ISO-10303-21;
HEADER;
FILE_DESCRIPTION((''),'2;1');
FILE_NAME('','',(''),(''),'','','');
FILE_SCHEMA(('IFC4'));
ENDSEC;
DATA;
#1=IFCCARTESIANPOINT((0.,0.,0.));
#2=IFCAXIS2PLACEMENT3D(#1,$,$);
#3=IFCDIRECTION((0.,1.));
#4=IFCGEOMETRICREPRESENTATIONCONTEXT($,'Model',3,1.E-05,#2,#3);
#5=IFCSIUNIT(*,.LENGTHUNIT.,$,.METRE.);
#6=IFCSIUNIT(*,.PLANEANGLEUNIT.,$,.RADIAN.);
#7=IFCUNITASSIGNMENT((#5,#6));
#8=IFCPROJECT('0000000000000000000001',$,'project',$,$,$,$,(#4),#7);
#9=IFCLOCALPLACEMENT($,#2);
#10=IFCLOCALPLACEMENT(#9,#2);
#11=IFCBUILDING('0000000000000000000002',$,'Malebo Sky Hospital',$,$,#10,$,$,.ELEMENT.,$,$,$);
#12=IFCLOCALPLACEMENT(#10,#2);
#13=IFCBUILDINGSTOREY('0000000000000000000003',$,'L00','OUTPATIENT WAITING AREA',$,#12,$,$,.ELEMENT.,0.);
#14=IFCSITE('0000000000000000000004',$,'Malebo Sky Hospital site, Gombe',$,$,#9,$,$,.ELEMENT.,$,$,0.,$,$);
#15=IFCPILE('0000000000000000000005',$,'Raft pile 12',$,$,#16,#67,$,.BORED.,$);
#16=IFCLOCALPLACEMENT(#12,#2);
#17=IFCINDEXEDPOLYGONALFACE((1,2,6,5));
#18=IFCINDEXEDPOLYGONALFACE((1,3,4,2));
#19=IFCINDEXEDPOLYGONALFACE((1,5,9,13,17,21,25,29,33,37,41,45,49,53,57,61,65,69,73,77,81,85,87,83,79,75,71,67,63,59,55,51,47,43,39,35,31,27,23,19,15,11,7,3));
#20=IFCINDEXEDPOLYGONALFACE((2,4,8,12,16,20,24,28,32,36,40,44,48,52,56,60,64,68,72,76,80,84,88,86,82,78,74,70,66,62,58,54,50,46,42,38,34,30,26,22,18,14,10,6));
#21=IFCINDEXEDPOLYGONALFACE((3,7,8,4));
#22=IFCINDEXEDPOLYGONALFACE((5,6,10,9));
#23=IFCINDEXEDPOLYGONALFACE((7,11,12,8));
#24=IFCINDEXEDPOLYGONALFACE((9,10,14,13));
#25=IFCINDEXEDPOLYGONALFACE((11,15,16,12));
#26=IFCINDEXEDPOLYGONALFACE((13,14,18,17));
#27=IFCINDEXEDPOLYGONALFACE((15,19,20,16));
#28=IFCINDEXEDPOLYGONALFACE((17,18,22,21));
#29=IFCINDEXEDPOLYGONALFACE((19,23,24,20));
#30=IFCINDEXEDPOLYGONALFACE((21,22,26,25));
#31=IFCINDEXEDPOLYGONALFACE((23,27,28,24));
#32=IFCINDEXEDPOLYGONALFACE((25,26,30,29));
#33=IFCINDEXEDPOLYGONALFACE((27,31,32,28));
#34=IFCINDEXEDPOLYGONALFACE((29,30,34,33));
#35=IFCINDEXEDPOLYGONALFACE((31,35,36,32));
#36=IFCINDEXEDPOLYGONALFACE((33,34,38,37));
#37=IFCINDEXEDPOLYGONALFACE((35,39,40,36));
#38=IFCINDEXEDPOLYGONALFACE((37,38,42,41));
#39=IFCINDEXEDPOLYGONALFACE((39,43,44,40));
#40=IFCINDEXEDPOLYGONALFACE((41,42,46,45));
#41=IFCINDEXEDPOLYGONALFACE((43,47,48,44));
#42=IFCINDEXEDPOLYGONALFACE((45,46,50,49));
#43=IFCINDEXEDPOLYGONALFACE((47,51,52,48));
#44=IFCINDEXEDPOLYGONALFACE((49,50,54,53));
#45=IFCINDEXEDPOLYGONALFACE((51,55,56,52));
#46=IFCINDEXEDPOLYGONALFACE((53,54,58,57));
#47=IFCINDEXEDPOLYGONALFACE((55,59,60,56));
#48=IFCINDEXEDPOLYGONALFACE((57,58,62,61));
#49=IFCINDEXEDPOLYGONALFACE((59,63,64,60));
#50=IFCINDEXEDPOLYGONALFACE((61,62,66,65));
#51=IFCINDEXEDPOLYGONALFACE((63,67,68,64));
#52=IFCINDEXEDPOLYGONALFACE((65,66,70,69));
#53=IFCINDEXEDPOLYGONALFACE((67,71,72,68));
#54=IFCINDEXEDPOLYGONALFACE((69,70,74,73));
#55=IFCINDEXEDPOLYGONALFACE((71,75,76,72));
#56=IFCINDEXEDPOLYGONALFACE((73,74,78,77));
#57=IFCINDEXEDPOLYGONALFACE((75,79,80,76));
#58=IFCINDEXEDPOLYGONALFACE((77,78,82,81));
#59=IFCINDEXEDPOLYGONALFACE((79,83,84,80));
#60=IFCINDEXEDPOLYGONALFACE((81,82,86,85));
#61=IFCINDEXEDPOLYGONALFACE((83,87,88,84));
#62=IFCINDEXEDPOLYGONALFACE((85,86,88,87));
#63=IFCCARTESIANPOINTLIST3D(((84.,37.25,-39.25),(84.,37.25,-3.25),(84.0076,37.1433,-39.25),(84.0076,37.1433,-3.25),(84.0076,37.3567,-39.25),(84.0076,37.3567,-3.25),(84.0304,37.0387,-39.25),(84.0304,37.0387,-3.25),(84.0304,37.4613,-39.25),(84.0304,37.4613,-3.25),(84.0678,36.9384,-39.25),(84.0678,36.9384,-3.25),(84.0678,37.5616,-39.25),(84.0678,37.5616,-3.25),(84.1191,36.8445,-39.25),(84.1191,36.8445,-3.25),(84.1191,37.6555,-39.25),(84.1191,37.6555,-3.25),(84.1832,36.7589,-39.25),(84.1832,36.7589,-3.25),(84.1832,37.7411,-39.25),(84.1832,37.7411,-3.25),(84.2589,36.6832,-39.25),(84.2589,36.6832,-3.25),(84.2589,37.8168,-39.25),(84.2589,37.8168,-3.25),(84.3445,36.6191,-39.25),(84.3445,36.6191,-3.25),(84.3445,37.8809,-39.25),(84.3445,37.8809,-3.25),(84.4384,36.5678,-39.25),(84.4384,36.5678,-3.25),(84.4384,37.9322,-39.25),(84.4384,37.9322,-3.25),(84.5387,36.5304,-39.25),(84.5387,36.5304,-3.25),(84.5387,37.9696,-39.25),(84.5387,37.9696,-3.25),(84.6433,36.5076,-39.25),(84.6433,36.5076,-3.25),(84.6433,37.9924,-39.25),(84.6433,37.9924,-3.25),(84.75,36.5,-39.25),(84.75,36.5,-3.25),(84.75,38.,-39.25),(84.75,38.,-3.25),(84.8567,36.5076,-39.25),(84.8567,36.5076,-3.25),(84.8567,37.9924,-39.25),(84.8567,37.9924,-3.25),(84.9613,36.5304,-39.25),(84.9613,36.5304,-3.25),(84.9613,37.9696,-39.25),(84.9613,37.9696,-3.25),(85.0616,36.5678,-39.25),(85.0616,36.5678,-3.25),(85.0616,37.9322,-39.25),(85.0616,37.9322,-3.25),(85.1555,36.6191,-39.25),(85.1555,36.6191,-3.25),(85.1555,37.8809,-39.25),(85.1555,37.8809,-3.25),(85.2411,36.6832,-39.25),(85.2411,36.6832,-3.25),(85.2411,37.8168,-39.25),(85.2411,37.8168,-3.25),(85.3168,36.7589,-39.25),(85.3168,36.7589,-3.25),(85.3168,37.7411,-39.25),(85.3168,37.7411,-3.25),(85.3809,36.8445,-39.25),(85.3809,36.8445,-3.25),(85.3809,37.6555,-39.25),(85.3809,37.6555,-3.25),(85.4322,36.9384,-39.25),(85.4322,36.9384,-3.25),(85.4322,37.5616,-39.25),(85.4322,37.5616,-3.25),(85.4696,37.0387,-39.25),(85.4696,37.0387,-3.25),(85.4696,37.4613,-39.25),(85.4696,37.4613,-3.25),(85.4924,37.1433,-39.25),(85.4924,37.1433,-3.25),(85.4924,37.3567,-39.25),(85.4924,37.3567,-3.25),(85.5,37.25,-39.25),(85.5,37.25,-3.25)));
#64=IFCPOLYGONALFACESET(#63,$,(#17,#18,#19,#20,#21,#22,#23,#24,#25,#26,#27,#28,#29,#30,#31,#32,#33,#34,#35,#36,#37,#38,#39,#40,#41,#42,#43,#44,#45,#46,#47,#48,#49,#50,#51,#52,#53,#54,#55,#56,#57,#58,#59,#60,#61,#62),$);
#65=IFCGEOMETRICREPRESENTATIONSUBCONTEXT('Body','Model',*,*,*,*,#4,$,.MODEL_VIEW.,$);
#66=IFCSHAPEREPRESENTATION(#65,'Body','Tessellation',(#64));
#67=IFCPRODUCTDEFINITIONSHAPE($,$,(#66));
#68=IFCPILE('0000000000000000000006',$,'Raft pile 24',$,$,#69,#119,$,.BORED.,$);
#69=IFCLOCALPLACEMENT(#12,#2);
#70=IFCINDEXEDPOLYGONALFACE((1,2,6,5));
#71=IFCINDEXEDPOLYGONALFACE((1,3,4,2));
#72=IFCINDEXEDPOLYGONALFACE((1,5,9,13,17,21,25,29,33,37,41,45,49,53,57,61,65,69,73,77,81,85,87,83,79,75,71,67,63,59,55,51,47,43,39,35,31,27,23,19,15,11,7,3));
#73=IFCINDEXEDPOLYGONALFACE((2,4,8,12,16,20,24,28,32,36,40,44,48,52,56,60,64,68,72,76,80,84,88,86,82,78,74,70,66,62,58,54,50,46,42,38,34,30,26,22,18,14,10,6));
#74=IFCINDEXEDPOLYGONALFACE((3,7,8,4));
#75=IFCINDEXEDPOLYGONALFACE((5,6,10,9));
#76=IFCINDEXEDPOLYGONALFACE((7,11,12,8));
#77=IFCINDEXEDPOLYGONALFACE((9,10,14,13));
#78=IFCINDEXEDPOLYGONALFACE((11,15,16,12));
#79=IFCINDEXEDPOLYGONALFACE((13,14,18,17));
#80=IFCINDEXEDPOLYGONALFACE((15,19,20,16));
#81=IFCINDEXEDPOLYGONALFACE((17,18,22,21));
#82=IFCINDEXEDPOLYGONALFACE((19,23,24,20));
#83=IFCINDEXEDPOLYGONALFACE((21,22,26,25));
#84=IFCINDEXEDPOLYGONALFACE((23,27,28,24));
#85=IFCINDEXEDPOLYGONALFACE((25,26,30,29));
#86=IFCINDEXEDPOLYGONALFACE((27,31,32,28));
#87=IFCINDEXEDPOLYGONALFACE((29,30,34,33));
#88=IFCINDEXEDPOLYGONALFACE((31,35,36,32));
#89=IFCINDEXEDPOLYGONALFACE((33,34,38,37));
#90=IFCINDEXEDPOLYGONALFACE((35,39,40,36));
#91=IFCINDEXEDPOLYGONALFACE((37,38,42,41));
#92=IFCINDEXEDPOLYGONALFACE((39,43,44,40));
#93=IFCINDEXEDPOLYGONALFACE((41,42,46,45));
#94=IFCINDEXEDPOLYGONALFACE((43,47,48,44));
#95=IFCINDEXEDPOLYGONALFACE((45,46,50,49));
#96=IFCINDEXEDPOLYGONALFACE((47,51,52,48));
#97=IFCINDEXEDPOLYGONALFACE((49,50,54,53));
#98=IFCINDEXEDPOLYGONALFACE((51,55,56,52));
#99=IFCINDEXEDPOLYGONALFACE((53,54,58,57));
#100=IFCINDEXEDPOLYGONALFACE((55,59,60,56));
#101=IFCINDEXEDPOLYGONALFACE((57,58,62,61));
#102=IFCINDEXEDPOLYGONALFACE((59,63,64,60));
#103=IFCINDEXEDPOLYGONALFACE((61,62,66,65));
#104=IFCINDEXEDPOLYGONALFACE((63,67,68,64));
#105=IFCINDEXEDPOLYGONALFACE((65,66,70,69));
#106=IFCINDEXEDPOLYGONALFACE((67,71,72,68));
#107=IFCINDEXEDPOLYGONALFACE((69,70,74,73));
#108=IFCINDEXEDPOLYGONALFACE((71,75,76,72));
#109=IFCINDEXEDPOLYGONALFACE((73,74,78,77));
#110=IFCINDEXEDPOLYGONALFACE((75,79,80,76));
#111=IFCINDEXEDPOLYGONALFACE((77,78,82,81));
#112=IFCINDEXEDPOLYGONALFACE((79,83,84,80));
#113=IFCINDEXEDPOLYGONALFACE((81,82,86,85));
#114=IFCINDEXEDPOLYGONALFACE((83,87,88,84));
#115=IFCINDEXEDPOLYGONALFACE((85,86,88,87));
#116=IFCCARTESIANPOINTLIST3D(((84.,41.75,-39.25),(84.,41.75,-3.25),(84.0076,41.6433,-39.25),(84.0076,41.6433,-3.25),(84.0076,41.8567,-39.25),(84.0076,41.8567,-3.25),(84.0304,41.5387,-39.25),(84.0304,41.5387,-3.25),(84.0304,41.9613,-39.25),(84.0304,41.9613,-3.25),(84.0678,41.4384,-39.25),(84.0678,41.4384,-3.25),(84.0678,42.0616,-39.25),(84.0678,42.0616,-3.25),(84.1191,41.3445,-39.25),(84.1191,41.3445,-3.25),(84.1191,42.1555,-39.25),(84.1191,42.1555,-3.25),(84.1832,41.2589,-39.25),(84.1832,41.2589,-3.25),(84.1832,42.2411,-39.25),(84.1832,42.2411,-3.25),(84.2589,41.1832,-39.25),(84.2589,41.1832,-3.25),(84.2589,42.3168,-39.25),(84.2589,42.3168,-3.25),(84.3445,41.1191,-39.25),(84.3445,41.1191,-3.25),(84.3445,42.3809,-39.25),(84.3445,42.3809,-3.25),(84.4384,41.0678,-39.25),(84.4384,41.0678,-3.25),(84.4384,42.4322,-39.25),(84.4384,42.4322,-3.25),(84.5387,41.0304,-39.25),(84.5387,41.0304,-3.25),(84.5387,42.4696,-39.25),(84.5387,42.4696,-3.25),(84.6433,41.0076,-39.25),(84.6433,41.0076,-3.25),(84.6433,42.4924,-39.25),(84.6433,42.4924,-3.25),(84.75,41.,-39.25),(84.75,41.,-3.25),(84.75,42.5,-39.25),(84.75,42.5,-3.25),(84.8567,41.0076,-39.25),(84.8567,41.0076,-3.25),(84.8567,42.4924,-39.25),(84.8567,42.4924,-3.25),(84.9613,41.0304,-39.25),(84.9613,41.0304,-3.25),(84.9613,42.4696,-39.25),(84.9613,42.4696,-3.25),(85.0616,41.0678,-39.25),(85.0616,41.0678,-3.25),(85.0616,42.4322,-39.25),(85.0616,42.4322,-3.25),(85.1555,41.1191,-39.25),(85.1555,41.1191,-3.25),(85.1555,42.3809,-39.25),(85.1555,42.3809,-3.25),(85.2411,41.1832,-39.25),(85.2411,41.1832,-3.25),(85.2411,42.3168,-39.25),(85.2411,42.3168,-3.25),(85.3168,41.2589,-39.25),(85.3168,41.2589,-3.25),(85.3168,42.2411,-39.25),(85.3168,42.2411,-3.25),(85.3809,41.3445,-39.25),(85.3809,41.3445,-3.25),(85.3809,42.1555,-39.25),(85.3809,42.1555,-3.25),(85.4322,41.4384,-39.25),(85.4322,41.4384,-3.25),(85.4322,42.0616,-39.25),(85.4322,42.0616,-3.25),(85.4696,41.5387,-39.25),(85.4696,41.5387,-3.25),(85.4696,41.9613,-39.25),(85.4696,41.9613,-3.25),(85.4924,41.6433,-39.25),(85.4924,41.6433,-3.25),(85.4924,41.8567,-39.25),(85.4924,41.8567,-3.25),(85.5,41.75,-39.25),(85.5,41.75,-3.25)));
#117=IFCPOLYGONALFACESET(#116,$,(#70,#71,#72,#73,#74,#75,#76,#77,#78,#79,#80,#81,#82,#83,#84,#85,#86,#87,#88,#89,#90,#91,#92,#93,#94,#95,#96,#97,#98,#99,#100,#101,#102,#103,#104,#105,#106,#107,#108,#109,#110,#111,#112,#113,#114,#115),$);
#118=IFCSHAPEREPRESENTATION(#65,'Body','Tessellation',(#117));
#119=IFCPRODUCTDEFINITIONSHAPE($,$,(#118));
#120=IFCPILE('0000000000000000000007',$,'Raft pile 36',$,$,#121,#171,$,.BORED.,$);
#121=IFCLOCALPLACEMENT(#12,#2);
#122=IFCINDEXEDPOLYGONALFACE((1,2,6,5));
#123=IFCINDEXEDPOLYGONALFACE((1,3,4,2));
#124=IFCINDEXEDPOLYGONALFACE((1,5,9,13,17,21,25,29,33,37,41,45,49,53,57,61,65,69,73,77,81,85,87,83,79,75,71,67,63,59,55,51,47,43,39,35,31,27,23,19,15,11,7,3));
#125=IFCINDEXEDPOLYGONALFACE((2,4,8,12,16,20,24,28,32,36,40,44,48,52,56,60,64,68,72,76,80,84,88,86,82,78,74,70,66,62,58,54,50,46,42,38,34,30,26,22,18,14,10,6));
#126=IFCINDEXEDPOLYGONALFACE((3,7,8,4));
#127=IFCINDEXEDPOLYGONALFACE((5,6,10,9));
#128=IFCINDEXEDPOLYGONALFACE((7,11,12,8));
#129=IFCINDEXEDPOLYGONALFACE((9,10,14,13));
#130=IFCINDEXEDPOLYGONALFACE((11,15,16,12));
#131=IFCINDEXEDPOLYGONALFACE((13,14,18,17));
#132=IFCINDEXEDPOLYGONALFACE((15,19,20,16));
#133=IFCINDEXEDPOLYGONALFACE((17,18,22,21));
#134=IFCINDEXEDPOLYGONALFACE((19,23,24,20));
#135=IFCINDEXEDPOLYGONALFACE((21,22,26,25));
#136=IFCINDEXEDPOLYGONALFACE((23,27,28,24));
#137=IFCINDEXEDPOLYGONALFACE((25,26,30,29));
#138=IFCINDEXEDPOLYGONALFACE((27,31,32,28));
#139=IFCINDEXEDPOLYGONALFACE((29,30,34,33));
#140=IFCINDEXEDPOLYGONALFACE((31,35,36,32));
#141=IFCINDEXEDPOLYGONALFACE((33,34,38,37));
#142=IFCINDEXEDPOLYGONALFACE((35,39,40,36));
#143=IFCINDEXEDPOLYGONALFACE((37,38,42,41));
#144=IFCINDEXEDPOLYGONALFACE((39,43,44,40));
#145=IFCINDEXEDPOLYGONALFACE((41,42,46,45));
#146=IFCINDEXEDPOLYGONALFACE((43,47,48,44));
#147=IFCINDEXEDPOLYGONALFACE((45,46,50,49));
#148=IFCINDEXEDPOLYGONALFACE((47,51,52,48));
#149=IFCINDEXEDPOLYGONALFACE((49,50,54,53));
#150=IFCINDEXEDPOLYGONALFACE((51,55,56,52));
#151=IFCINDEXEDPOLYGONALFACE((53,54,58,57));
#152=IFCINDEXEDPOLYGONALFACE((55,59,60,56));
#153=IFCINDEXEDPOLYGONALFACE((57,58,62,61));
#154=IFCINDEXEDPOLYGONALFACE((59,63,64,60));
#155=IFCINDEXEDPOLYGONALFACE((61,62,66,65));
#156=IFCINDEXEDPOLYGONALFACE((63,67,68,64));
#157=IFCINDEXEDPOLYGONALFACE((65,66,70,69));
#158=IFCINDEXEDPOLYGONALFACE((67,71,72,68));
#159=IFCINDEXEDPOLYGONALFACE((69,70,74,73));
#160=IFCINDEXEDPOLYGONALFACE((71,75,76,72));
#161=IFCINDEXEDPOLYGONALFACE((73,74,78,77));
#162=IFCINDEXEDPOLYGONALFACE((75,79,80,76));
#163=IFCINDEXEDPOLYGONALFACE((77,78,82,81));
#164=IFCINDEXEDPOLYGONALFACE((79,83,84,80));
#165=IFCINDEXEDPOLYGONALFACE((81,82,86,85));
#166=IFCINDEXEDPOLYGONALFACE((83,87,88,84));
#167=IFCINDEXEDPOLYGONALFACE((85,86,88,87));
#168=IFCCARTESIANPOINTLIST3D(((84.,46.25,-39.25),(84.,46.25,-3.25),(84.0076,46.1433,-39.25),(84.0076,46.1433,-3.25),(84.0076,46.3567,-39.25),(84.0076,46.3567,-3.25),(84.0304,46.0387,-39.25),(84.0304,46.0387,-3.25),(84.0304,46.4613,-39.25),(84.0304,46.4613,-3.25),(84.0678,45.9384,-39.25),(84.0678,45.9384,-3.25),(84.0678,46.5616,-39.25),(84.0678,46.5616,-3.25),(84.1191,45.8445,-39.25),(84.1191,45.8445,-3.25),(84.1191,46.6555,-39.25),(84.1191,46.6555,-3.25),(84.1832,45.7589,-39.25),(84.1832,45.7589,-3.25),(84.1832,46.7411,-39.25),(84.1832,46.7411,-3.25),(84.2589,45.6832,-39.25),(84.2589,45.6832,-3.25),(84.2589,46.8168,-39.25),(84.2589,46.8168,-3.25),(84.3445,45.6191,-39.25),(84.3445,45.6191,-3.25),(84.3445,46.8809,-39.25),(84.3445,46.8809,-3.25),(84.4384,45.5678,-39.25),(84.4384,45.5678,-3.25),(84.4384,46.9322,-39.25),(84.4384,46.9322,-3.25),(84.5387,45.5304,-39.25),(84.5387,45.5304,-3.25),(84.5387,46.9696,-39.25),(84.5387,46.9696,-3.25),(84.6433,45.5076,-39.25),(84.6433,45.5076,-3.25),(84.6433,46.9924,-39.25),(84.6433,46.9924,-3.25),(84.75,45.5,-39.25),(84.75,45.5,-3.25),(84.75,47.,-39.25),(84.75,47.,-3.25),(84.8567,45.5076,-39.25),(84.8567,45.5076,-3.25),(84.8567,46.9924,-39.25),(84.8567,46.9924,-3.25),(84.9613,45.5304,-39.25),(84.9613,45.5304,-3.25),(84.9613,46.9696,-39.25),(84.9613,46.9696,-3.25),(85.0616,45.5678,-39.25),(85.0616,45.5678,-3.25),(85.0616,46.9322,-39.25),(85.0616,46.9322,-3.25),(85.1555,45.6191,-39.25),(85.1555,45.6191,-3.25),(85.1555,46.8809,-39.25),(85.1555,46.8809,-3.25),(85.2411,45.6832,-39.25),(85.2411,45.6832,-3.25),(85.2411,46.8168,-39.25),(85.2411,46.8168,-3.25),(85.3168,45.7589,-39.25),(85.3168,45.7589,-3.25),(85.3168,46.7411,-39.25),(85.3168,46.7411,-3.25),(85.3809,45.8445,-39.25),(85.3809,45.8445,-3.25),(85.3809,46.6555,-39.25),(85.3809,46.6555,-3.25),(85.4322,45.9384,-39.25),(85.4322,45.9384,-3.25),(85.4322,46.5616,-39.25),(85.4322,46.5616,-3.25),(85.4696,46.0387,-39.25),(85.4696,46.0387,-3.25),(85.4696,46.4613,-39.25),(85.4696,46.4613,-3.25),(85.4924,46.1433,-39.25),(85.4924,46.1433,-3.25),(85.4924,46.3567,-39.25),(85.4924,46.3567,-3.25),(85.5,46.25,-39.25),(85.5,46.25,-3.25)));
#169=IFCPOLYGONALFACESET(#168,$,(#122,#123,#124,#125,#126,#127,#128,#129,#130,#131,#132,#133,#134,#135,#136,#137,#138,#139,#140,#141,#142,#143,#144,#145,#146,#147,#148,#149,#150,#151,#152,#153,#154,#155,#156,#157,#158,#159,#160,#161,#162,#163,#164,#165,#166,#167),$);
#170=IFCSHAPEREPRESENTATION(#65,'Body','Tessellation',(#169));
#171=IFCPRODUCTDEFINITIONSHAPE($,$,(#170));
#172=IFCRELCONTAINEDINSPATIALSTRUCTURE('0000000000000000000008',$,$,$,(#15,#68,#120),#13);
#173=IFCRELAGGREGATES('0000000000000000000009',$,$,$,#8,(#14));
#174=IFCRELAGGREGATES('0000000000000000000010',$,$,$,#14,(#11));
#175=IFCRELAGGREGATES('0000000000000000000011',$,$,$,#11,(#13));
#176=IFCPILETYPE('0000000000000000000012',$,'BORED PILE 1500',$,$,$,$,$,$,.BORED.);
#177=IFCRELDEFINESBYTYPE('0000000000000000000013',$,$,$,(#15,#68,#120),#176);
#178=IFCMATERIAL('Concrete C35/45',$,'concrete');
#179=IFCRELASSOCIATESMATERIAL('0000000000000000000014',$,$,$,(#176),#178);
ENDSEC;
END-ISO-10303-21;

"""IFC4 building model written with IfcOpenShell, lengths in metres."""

from ifc_helpers import new_model, si_unit, direction, frame, origin, origin_2d, place, context, subcontext, project, spatial, circle, extrude, material, material_profile, profile_set, type_object, element, save


model = new_model("IFC4")

# Units and contexts
model_context = context("Model", 3, precision=1e-05, world=origin(), true_north=direction((0.0, 1.0)))
body_context = subcontext(model_context, "Body", "Model", "MODEL_VIEW")
ifc_project = project(units=[si_unit("LENGTHUNIT", "METRE"), si_unit("PLANEANGLEUNIT", "RADIAN")], contexts=[model_context])

# Site, building, storey
site_placement = place(None, origin())
site = spatial("IfcSite", under=ifc_project, at=site_placement, Name="Malebo Sky Hospital site, Gombe", CompositionType="ELEMENT", RefElevation=0.0)
building_placement = place(site_placement, origin())
building = spatial("IfcBuilding", under=site, at=building_placement, Name="Malebo Sky Hospital", CompositionType="ELEMENT")
storey_placement = place(building_placement, origin())
storey = spatial("IfcBuildingStorey", under=building, at=storey_placement, Name="L00", Description="OUTPATIENT WAITING AREA", CompositionType="ELEMENT", Elevation=0.0)

# Piles
ifc_material_1 = material(Name="Concrete C35/45", Category="concrete")
ifc_material_profile_1 = material_profile(ifc_material_1, circle(Radius=0.75, at=origin_2d()), Name="BP 1500")
ifc_profile_set_1 = profile_set([ifc_material_profile_1], Name="Concrete C35/45")
pile_type_1 = type_object("IfcPileType", Name="BORED PILE 1500", PredefinedType="BORED", material=ifc_profile_set_1)
for number, where, z_axis, x_axis, name in (
    (1, (84.75, 37.25, -3.25), (0.0, 0.0, -1.0), (1.0, 0.0, 0.0), "Raft pile 12"),
    (2, (84.75, 41.75, -3.25), (0.0, 0.0, -1.0), (1.0, 0.0, 0.0), "Raft pile 24"),
    (3, (84.75, 46.25, -3.25), (0.0, 0.0, -1.0), (1.0, 0.0, 0.0), "Raft pile 36"),
):
    element("IfcPile", number, at=place(storey_placement, frame(where, z_axis=z_axis, x_axis=x_axis)), inside=storey, type_object=pile_type_1, Name=name, PredefinedType="BORED", context=body_context, shape_type="SweptSolid", body=[
        extrude(circle(Radius=0.75, at=origin_2d()), origin(), (0.0, 0.0, 1.0), 36.0),
    ])

save(model, "model.ifc")
